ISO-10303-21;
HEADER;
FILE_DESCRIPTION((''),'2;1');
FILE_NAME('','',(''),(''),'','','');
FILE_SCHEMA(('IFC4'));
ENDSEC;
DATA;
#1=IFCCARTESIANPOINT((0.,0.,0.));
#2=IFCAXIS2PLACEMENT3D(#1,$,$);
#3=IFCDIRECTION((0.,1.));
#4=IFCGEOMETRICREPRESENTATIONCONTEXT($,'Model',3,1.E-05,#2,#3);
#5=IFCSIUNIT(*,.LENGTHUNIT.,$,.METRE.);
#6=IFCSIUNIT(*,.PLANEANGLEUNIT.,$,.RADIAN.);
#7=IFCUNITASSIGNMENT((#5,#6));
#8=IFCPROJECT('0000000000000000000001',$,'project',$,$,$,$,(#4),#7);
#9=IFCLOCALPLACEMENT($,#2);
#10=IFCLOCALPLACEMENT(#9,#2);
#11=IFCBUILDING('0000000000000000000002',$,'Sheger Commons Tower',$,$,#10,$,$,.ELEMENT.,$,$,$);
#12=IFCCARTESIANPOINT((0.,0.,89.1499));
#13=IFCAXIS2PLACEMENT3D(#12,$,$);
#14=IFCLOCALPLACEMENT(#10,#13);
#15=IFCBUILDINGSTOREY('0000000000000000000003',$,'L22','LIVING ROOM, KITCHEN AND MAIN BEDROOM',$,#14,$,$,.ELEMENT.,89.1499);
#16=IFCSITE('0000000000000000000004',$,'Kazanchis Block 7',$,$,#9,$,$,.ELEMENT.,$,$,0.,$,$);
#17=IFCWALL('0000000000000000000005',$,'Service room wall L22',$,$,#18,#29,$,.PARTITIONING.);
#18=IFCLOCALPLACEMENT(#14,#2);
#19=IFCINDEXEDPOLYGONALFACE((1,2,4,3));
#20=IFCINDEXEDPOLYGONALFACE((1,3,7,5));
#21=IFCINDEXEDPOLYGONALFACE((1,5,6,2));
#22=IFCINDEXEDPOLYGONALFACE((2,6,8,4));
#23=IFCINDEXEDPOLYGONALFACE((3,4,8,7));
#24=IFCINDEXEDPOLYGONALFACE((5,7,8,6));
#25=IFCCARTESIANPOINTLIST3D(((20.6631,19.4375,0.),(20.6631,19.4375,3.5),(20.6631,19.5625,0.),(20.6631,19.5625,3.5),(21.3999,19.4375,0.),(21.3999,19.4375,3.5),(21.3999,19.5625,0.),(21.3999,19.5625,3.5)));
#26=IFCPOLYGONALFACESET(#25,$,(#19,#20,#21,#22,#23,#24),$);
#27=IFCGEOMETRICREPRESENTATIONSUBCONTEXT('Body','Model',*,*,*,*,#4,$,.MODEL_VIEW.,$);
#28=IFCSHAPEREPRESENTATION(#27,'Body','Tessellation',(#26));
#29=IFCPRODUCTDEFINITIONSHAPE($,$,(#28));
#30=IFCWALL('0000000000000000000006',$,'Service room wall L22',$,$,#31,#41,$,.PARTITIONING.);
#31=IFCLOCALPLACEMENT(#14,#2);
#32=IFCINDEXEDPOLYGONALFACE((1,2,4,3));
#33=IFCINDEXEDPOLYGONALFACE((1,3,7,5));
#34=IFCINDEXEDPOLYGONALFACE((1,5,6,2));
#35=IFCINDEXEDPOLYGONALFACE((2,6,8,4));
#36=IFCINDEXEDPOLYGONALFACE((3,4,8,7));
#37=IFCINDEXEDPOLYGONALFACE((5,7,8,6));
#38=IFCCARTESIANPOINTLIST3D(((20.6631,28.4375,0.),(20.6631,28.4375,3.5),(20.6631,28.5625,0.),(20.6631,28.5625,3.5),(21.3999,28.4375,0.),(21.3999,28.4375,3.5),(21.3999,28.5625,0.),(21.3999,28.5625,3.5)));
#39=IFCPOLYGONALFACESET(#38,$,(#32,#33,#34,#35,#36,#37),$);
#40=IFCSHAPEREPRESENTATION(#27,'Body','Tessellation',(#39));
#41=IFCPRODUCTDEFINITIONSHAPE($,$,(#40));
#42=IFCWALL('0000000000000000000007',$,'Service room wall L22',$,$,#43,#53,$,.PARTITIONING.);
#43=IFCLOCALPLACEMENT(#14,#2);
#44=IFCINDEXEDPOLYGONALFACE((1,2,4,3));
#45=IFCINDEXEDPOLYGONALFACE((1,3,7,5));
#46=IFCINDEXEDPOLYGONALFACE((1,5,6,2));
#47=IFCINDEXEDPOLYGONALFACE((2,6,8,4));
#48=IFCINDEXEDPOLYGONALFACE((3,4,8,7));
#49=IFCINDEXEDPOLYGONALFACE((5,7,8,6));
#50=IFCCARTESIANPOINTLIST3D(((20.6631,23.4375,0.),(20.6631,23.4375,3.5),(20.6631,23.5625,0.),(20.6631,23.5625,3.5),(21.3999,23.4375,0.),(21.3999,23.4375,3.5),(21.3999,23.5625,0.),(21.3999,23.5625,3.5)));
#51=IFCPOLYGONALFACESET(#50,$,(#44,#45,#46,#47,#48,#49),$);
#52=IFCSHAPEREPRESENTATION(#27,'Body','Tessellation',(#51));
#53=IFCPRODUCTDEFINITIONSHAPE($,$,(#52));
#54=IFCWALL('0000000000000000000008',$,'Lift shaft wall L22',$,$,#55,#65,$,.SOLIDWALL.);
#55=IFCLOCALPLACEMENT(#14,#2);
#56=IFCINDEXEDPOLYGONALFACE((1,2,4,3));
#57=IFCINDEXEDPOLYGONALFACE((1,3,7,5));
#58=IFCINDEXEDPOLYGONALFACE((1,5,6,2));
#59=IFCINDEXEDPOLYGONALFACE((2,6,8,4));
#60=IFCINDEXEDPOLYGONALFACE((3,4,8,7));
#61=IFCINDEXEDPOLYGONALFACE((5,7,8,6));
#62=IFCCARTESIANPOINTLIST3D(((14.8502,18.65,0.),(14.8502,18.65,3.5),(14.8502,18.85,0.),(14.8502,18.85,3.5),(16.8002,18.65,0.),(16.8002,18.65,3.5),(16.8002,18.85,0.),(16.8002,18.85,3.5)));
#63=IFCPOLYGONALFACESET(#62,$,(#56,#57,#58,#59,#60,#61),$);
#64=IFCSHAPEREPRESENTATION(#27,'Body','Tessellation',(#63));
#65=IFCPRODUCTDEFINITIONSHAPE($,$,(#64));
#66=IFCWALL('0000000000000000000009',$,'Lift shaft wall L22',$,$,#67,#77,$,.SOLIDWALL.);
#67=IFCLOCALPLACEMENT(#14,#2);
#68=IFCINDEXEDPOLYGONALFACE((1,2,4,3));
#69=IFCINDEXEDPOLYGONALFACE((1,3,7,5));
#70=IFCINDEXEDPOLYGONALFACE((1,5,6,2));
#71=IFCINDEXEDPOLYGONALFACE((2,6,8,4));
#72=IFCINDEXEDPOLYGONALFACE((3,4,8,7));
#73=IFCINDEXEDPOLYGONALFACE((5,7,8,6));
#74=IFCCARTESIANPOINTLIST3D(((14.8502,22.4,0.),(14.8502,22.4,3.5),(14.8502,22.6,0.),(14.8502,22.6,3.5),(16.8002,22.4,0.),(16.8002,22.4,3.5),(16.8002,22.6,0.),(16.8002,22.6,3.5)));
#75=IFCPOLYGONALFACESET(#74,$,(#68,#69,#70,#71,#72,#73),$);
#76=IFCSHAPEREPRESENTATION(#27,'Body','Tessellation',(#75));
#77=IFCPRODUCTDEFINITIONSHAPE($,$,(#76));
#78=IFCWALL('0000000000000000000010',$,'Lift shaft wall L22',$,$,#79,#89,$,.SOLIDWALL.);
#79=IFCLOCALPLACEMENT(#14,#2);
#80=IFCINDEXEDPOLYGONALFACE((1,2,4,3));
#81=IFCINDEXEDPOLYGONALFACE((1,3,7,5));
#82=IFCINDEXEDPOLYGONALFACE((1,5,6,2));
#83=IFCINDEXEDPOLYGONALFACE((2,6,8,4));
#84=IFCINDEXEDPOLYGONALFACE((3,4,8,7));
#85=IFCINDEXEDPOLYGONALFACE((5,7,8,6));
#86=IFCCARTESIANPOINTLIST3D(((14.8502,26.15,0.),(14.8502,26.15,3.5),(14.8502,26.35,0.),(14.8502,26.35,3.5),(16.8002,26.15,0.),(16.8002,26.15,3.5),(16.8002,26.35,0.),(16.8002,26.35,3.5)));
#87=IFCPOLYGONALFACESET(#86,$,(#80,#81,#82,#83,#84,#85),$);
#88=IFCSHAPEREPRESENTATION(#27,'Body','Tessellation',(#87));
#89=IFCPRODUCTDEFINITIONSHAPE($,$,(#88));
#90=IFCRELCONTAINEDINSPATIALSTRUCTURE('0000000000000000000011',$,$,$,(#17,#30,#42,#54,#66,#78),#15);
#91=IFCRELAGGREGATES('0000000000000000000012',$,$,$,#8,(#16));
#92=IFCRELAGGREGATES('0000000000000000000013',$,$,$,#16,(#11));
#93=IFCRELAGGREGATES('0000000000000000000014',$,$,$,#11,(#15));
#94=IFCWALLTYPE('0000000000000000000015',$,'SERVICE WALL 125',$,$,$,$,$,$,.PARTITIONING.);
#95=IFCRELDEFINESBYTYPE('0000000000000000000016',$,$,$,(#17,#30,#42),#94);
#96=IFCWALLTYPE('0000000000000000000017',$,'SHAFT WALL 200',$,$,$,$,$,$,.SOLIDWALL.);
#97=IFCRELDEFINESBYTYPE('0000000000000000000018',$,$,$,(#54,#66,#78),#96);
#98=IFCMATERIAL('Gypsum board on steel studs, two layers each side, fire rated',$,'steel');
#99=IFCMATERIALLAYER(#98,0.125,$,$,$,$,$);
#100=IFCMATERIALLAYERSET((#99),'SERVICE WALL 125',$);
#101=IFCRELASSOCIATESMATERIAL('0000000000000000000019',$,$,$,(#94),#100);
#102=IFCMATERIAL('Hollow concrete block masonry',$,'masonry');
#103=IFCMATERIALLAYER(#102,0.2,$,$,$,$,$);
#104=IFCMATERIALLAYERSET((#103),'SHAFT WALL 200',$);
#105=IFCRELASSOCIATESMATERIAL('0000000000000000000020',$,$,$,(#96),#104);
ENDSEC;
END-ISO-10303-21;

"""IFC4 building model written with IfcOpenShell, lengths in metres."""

from ifc_helpers import new_model, si_unit, direction, frame, frame_2d, origin, place, context, subcontext, project, spatial, rectangle, extrude, material, layer, layer_set, type_object, element, save


model = new_model("IFC4")

# Units and contexts
model_context = context("Model", 3, precision=1e-05, world=origin(), true_north=direction((0.0, 1.0)))
body_context = subcontext(model_context, "Body", "Model", "MODEL_VIEW")
ifc_project = project(units=[si_unit("LENGTHUNIT", "METRE"), si_unit("PLANEANGLEUNIT", "RADIAN")], contexts=[model_context])

# Site, building, storey
site_placement = place(None, origin())
site = spatial("IfcSite", under=ifc_project, at=site_placement, Name="Kazanchis Block 7", CompositionType="ELEMENT", RefElevation=0.0)
building_placement = place(site_placement, origin())
building = spatial("IfcBuilding", under=site, at=building_placement, Name="Sheger Commons Tower", CompositionType="ELEMENT")
storey_placement = place(building_placement, frame((0.0, 0.0, 89.1499)))
storey = spatial("IfcBuildingStorey", under=building, at=storey_placement, Name="L22", Description="LIVING ROOM, KITCHEN AND MAIN BEDROOM", CompositionType="ELEMENT", Elevation=89.1499)

# Shared definitions
ifc_material_1 = material(Name="Gypsum board on steel studs, two layers each side, fire rated", Category="steel")
ifc_layer_1 = layer(ifc_material_1, 0.125)
ifc_layer_set_1 = layer_set([ifc_layer_1], Name="SERVICE WALL 125")
wall_type_1 = type_object("IfcWallType", Name="SERVICE WALL 125", PredefinedType="PARTITIONING", material=ifc_layer_set_1)

# Walls
for number, where, z_axis, x_axis, name in (
    (1, (20.6631, 19.5, 0.0), (0.0, 0.0, 1.0), (1.0, 0.0, 0.0), "Service room wall L22"),
    (2, (20.6631, 28.5, 0.0), (0.0, 0.0, 1.0), (1.0, 0.0, 0.0), "Service room wall L22"),
    (3, (20.6631, 23.5, 0.0), (0.0, 0.0, 1.0), (1.0, 0.0, 0.0), "Service room wall L22"),
):
    element("IfcWall", number, at=place(storey_placement, frame(where, z_axis=z_axis, x_axis=x_axis)), inside=storey, type_object=wall_type_1, Name=name, PredefinedType="PARTITIONING", context=body_context, shape_type="SweptSolid", body=[
        extrude(rectangle(XDim=0.7368, YDim=0.125, at=frame_2d((0.3684, 0.0))), origin(), (0.0, 0.0, 1.0), 3.5),
    ])
ifc_material_2 = material(Name="Hollow concrete block masonry", Category="masonry")
ifc_layer_2 = layer(ifc_material_2, 0.2)
ifc_layer_set_2 = layer_set([ifc_layer_2], Name="SHAFT WALL 200")
wall_type_2 = type_object("IfcWallType", Name="SHAFT WALL 200", PredefinedType="SOLIDWALL", material=ifc_layer_set_2)
for number, where, z_axis, x_axis, name in (
    (4, (14.8501, 18.75, 0.0), (0.0, 0.0, 1.0), (1.0, 0.0, 0.0), "Lift shaft wall L22"),
    (5, (14.8501, 22.5, 0.0), (0.0, 0.0, 1.0), (1.0, 0.0, 0.0), "Lift shaft wall L22"),
    (6, (14.8501, 26.25, 0.0), (0.0, 0.0, 1.0), (1.0, 0.0, 0.0), "Lift shaft wall L22"),
):
    element("IfcWall", number, at=place(storey_placement, frame(where, z_axis=z_axis, x_axis=x_axis)), inside=storey, type_object=wall_type_2, Name=name, PredefinedType="SOLIDWALL", context=body_context, shape_type="SweptSolid", body=[
        extrude(rectangle(XDim=1.95, YDim=0.2, at=frame_2d((0.9751, 0.0))), origin(), (0.0, 0.0, 1.0), 3.5),
    ])

save(model, "model.ifc")
